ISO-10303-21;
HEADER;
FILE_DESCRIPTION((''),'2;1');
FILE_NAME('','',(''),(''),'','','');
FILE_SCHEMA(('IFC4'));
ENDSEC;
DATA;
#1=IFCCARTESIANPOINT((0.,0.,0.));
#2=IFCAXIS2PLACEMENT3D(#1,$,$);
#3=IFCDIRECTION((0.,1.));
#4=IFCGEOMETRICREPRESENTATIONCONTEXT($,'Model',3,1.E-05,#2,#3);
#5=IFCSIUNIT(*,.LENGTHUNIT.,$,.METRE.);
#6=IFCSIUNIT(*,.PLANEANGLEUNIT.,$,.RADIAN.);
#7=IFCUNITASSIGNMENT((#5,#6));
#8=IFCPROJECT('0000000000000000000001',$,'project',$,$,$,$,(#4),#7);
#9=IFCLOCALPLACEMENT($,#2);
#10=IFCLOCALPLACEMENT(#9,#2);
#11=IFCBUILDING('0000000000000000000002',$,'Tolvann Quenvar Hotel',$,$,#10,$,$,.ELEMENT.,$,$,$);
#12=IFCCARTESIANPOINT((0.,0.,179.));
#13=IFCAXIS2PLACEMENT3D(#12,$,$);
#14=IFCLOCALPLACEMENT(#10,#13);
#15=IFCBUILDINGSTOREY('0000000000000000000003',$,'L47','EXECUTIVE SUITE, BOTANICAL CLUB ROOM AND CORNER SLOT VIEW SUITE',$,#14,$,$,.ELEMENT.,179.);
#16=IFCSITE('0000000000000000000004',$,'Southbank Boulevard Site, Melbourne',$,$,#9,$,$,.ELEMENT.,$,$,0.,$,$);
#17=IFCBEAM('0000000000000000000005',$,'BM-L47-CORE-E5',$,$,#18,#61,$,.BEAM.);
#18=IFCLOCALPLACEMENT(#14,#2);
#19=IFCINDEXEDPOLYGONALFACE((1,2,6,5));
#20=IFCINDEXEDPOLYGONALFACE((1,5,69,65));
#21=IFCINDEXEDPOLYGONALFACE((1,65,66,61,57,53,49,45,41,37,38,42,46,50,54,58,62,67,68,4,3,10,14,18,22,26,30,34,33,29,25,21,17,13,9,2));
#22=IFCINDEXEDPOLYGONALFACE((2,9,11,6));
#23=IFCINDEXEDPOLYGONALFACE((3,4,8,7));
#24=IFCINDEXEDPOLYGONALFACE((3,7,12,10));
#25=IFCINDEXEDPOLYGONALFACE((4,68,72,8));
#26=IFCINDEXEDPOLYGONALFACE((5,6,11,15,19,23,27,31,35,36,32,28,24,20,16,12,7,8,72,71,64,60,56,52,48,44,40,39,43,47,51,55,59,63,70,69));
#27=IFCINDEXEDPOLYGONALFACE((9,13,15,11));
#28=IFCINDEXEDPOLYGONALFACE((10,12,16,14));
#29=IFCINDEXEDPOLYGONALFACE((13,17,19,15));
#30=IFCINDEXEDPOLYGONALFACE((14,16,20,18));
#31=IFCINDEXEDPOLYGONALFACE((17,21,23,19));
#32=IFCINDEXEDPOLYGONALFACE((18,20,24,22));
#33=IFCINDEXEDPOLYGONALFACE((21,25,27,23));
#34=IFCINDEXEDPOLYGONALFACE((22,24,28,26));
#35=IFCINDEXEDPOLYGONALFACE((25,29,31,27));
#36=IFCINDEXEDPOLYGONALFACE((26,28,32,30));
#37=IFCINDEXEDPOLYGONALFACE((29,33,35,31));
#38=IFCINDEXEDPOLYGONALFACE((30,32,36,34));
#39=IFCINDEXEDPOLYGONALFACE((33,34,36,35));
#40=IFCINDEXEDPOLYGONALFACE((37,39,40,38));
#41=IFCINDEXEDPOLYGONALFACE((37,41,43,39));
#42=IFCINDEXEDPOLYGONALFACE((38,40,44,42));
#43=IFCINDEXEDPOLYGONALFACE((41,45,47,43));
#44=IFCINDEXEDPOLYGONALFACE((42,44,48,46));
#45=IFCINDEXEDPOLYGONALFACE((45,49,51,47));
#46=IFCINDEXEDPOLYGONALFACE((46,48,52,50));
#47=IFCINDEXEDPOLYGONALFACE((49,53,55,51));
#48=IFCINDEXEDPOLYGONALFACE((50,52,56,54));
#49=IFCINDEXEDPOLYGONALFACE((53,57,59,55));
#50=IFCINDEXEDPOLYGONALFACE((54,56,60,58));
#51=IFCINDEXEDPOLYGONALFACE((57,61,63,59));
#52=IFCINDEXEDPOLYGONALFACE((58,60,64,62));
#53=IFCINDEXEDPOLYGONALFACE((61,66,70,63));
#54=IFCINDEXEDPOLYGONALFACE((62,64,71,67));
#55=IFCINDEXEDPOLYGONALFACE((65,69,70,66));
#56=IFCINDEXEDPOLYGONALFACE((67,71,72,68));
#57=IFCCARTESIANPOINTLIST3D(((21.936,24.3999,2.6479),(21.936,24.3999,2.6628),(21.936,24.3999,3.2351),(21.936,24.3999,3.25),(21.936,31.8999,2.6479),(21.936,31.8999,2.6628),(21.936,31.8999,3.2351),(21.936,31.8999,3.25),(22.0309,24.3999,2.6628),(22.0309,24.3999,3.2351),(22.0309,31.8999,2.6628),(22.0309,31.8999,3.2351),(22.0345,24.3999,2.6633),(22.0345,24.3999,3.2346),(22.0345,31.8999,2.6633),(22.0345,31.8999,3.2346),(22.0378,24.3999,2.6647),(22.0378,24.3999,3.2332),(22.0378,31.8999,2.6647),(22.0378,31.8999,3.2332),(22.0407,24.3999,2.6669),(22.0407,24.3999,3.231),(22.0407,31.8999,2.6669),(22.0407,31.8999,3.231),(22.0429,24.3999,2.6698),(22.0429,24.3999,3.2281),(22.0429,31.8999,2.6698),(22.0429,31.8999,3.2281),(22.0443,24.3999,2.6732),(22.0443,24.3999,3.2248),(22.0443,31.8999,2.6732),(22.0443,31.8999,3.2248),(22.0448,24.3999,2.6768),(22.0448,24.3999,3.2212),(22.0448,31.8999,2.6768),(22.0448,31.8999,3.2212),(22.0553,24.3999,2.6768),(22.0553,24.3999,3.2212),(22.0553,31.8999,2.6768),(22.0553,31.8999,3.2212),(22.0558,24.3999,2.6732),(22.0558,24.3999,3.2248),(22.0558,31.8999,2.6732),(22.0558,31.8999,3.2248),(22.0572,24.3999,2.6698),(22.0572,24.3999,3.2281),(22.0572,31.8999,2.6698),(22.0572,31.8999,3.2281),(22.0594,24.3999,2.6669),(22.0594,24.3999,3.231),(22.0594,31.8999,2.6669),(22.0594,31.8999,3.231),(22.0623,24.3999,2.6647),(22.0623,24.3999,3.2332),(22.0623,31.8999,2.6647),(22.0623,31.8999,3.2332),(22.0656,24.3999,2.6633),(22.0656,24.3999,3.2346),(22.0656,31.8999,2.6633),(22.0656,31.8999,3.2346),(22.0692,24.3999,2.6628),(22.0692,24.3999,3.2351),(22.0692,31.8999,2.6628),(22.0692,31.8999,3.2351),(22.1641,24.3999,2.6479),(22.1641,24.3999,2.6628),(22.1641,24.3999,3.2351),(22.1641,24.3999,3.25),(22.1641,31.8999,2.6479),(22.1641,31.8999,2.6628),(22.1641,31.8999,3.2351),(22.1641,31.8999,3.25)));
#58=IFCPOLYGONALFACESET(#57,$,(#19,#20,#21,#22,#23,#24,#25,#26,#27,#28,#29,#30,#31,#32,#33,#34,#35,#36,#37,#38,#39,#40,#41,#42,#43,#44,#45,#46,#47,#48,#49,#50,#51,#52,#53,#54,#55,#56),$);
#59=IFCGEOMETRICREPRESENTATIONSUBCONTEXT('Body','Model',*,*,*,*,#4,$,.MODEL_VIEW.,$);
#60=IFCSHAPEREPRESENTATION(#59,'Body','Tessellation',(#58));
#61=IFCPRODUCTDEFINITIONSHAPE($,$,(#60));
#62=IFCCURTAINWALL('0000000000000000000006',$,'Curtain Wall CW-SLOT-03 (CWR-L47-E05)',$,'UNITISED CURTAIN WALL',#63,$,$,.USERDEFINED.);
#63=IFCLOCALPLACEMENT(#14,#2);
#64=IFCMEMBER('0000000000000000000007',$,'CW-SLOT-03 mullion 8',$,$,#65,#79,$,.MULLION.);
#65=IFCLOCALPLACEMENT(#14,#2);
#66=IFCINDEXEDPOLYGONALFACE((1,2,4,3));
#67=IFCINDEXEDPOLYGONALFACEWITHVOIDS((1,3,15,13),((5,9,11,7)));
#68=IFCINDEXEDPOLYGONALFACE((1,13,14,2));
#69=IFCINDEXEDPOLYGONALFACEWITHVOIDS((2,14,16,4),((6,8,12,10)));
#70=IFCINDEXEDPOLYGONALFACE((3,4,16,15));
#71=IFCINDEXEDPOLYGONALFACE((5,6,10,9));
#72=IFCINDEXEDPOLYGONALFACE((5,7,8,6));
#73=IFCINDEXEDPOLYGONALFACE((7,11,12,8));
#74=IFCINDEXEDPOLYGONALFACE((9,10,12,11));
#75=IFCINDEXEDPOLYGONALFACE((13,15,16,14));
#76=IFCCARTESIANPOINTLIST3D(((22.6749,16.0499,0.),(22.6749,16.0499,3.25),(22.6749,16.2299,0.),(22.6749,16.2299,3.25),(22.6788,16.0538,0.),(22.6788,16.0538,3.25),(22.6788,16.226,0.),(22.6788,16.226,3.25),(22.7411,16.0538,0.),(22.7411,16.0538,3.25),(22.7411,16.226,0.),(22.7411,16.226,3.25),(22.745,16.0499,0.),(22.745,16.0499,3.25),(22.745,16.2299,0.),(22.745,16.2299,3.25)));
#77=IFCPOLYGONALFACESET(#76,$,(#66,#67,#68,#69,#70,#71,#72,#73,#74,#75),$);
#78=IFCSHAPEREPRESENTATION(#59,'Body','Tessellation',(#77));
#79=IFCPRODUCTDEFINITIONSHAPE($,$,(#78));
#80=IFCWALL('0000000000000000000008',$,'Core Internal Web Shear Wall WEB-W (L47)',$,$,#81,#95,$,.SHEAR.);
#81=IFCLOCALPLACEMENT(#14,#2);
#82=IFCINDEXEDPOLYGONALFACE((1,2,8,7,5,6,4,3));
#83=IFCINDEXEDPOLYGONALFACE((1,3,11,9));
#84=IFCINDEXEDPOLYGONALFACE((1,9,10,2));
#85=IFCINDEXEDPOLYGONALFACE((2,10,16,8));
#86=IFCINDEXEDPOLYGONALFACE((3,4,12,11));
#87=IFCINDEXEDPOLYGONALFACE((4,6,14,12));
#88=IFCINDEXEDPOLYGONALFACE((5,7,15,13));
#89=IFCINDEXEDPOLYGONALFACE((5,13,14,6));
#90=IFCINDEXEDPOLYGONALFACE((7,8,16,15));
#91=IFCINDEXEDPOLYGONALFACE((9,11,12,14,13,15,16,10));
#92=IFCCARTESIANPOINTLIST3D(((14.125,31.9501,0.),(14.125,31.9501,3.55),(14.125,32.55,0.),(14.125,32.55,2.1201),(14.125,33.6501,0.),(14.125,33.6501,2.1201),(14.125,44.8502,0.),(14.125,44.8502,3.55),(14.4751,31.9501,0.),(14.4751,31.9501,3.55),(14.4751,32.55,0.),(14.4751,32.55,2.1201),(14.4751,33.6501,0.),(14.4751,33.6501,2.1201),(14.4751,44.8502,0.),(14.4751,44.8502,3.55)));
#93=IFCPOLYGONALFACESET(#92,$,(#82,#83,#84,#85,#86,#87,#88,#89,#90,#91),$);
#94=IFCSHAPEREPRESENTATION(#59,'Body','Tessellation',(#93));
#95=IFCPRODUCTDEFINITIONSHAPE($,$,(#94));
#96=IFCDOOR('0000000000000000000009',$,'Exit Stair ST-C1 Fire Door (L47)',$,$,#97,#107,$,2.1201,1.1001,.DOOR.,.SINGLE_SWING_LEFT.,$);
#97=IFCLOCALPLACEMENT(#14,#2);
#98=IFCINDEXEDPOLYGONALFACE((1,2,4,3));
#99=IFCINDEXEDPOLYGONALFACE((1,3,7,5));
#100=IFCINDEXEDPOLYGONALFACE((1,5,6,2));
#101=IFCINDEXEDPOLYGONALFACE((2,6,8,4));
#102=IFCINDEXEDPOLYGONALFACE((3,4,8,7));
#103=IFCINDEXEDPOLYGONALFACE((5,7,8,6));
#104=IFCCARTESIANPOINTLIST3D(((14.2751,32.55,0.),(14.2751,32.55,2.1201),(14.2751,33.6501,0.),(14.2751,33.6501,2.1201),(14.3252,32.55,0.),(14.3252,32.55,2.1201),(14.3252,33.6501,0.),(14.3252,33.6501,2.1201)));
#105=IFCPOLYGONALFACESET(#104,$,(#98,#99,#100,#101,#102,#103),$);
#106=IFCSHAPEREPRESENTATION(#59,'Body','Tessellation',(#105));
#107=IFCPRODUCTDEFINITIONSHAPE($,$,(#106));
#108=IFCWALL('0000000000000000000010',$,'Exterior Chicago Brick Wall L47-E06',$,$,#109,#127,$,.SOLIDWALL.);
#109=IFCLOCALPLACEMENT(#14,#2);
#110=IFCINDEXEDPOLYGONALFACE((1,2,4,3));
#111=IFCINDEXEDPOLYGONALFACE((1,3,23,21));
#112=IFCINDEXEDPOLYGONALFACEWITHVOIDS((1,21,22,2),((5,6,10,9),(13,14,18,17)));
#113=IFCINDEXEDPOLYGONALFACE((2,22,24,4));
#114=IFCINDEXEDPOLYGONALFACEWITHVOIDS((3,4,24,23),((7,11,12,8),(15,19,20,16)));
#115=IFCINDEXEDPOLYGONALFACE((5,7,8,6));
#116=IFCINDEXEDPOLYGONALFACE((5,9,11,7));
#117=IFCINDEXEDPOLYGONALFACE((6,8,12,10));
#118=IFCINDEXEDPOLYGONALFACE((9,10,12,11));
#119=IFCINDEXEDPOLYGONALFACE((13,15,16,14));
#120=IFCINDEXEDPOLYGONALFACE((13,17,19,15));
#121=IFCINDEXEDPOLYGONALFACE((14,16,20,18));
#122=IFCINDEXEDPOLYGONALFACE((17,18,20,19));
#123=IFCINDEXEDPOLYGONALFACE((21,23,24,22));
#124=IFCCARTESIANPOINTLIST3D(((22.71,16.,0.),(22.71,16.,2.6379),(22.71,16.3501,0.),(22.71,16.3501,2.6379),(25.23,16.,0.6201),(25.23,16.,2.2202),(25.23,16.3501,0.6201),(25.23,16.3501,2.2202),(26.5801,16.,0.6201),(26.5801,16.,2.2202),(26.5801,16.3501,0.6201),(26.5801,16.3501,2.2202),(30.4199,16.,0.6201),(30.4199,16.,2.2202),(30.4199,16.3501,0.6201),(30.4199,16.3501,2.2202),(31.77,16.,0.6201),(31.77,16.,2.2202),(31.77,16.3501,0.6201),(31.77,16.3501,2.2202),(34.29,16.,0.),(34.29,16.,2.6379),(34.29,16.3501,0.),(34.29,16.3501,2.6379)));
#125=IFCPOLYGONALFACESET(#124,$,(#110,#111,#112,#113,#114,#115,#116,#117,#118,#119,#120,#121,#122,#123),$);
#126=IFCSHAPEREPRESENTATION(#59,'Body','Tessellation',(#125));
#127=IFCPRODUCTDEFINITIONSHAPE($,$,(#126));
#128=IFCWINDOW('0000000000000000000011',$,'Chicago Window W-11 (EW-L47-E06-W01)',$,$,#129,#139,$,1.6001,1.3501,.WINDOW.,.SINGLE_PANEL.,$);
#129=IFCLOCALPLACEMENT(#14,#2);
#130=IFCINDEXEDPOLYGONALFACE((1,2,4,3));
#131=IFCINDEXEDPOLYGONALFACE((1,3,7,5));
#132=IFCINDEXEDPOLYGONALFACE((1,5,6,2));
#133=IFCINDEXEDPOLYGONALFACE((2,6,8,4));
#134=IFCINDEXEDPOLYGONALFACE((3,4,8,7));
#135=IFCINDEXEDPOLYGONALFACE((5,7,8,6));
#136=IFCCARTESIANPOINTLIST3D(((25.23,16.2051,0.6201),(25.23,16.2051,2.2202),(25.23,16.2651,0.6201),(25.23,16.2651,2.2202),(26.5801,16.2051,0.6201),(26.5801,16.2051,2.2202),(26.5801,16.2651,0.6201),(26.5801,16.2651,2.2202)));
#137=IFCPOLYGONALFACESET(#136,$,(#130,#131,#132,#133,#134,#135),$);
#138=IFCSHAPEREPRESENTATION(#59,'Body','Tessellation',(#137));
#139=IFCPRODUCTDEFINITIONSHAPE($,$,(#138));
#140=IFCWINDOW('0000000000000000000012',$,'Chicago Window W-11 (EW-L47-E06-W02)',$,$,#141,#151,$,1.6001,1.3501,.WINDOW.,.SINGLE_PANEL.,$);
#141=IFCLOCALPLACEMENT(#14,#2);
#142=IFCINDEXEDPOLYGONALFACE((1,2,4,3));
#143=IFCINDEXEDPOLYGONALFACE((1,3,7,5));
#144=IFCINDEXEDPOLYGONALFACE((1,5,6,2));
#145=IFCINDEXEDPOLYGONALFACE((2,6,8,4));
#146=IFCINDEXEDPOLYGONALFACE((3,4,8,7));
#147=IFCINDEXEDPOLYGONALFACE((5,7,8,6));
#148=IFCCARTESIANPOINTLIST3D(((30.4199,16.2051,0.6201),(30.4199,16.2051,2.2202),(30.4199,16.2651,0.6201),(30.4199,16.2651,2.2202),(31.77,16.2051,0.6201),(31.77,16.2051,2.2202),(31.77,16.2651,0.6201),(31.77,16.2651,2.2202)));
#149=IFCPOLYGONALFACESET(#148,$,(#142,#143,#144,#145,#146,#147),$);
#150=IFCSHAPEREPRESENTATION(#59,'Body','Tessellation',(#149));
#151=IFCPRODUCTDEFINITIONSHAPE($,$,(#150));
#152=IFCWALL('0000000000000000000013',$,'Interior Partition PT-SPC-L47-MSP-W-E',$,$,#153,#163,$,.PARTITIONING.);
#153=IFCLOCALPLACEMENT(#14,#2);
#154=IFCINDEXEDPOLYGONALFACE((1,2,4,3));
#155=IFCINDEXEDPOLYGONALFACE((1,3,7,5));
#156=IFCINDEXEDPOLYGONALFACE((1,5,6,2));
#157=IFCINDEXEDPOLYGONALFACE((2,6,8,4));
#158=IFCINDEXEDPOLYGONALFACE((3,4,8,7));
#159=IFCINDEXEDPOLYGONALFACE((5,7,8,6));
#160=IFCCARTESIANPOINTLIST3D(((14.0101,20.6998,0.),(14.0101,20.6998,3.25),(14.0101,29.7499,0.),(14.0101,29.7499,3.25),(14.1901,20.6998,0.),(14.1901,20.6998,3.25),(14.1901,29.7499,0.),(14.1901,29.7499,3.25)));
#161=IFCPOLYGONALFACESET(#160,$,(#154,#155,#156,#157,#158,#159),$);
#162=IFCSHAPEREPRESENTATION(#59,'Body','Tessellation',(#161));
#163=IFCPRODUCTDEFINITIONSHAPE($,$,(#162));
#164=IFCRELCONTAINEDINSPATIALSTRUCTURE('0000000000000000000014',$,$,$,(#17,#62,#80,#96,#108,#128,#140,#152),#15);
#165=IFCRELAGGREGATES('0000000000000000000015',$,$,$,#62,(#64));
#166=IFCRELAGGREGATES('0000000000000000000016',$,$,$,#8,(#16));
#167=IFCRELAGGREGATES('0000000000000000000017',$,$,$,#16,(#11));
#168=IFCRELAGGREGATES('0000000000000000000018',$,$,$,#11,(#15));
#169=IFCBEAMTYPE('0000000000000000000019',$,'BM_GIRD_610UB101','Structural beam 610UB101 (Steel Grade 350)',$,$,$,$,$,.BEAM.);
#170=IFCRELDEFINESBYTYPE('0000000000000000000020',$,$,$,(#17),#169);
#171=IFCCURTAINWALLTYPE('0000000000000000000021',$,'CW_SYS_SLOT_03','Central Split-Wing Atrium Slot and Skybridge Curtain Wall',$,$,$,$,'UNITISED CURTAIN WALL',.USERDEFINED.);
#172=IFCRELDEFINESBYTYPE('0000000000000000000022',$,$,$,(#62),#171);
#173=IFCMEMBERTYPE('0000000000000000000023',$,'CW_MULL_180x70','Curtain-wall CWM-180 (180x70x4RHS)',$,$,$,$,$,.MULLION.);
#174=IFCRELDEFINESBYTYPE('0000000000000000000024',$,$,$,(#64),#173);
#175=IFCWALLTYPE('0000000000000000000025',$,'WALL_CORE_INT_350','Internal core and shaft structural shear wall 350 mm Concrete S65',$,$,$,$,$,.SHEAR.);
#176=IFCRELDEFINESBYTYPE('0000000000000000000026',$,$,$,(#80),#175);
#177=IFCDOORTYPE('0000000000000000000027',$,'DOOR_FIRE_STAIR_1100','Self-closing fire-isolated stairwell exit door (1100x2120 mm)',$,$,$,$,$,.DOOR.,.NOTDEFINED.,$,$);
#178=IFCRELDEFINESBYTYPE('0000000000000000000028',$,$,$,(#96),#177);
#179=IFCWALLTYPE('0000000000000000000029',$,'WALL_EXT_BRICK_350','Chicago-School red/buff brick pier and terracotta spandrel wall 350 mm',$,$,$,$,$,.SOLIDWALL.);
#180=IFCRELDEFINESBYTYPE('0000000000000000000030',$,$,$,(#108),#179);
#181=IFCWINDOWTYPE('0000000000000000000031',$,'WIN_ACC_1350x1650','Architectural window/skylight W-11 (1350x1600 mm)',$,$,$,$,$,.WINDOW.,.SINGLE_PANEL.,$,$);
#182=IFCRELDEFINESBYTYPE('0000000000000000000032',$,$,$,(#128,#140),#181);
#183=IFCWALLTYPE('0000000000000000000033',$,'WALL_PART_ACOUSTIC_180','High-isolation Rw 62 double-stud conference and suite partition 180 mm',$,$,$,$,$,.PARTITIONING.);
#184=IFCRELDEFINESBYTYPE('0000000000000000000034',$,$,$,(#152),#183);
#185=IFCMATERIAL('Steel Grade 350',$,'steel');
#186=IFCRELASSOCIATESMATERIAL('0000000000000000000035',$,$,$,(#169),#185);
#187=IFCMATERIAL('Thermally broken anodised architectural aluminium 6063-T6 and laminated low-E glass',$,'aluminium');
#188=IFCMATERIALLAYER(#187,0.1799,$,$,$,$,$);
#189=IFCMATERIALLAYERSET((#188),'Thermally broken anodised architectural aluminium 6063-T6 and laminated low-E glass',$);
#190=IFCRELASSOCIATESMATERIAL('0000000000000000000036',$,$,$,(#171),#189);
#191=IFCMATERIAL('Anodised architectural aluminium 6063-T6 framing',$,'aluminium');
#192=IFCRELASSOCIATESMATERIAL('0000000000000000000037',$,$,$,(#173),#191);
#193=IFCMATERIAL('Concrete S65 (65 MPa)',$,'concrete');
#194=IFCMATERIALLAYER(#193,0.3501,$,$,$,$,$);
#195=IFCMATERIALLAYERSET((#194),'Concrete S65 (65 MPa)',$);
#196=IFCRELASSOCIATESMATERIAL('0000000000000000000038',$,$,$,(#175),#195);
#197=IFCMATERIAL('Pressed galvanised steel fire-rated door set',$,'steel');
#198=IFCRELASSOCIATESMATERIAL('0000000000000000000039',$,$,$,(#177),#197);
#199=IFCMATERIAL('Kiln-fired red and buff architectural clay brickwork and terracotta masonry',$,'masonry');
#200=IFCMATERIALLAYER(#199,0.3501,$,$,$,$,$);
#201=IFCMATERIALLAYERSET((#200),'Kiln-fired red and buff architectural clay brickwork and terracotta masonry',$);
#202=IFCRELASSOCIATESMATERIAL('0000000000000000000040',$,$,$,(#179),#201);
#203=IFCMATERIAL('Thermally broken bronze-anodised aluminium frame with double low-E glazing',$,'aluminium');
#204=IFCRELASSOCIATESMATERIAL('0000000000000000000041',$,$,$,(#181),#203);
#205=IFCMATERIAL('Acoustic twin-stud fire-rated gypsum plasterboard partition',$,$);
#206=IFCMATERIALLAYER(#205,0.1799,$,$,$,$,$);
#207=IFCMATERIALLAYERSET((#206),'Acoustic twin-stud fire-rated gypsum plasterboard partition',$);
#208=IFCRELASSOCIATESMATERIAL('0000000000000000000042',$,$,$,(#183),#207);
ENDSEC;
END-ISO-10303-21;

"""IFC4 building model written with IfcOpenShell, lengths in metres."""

from ifc_helpers import new_model, si_unit, direction, frame, frame_2d, origin, origin_2d, place, context, subcontext, project, spatial, rectangle, hollow_rectangle, i_section, extrude, source, transform, mapped, material, layer, layer_set, material_profile, profile_set, type_object, type_shapes, element, fill, aggregate, save


model = new_model("IFC4")

# Units and contexts
model_context = context("Model", 3, precision=1e-05, world=origin(), true_north=direction((0.0, 1.0)))
body_context = subcontext(model_context, "Body", "Model", "MODEL_VIEW")
ifc_project = project(units=[si_unit("LENGTHUNIT", "METRE"), si_unit("PLANEANGLEUNIT", "RADIAN")], contexts=[model_context])

# Site, building, storey
site_placement = place(None, origin())
site = spatial("IfcSite", under=ifc_project, at=site_placement, Name="Southbank Boulevard Site, Melbourne", CompositionType="ELEMENT", RefElevation=0.0)
building_placement = place(site_placement, origin())
building = spatial("IfcBuilding", under=site, at=building_placement, Name="Tolvann Quenvar Hotel", CompositionType="ELEMENT")
storey_placement = place(building_placement, frame((0.0, 0.0, 179.0)))
storey = spatial("IfcBuildingStorey", under=building, at=storey_placement, Name="L47", Description="EXECUTIVE SUITE, BOTANICAL CLUB ROOM AND CORNER SLOT VIEW SUITE", CompositionType="ELEMENT", Elevation=179.0)

# Shared definitions
ifc_material_1 = material(Name="Steel Grade 350", Category="steel")

# Beam
ifc_material_profile_1 = material_profile(ifc_material_1, i_section(OverallWidth=0.228, OverallDepth=0.6021, WebThickness=0.0105, FlangeThickness=0.0149, FilletRadius=0.0139, at=origin_2d()), Name="610UB101")
ifc_profile_set_1 = profile_set([ifc_material_profile_1], Name="Steel Grade 350")
beam_type_1 = type_object("IfcBeamType", Name="BM_GIRD_610UB101", Description="Structural beam 610UB101 (Steel Grade 350)", PredefinedType="BEAM", material=ifc_profile_set_1)
shared_shape_1 = source(origin(), body_context, "Body", "SweptSolid", [
    extrude(i_section(OverallWidth=0.228, OverallDepth=0.6021, WebThickness=0.0105, FlangeThickness=0.0149, FilletRadius=0.0139, at=origin_2d()), origin(), (0.0, 0.0, 1.0), 7.5),
])
for number, where, z_axis, x_axis, name in (
    (1, (22.05, 24.3999, 2.949), (0.0, 1.0, 0.0), (-1.0, 0.0, 0.0), "BM-L47-CORE-E5"),
):
    element("IfcBeam", number, at=place(storey_placement, frame(where, z_axis=z_axis, x_axis=x_axis)), inside=storey, type_object=beam_type_1, Name=name, PredefinedType="BEAM", context=body_context, shape_type="MappedRepresentation", body=[
        mapped(shared_shape_1, transform((0.0, 0.0, 0.0), x_axis=(1.0, 0.0, 0.0), y_axis=(0.0, 1.0, 0.0), z_axis=(0.0, 0.0, 1.0), scale=1.0)),
    ])

# Curtain wall, member
ifc_material_2 = material(Name="Thermally broken anodised architectural aluminium 6063-T6 and laminated low-E glass", Category="aluminium")
ifc_layer_1 = layer(ifc_material_2, 0.1799)
ifc_layer_set_1 = layer_set([ifc_layer_1], Name="Thermally broken anodised architectural aluminium 6063-T6 and laminated low-E glass")
curtain_wall_type = type_object("IfcCurtainWallType", Name="CW_SYS_SLOT_03", Description="Central Split-Wing Atrium Slot and Skybridge Curtain Wall", ElementType="UNITISED CURTAIN WALL", PredefinedType="USERDEFINED", material=ifc_layer_set_1)
curtain_wall_placement = place(storey_placement, origin())
curtain_wall = element("IfcCurtainWall", 2, at=curtain_wall_placement, inside=storey, type_object=curtain_wall_type, Name="Curtain Wall CW-SLOT-03 (CWR-L47-E05)", ObjectType="UNITISED CURTAIN WALL", PredefinedType="USERDEFINED")
ifc_material_3 = material(Name="Anodised architectural aluminium 6063-T6 framing", Category="aluminium")
ifc_material_profile_2 = material_profile(ifc_material_3, hollow_rectangle(XDim=0.0701, YDim=0.1799, WallThickness=0.0039, at=origin_2d()), Name="180x70x4RHS")
ifc_profile_set_2 = profile_set([ifc_material_profile_2], Name="Anodised architectural aluminium 6063-T6 framing")
member_type = type_object("IfcMemberType", Name="CW_MULL_180x70", Description="Curtain-wall CWM-180 (180x70x4RHS)", PredefinedType="MULLION", material=ifc_profile_set_2)
shared_shape_2 = source(origin(), body_context, "Body", "SweptSolid", [
    extrude(hollow_rectangle(XDim=0.0701, YDim=0.1799, WallThickness=0.0039, at=origin_2d()), origin(), (0.0, 0.0, 1.0), 3.25),
])
type_shapes(member_type, [shared_shape_2])
member_placement = place(storey_placement, frame((22.71, 16.1399, 0.0), z_axis=(0.0, 0.0, 1.0), x_axis=(-1.0, 0.0, 0.0)))
member = element("IfcMember", 3, at=member_placement, type_object=member_type, Name="CW-SLOT-03 mullion 8", PredefinedType="MULLION", context=body_context, shape_type="MappedRepresentation", body=[
    mapped(shared_shape_2, transform((0.0, 0.0, 0.0), x_axis=(1.0, 0.0, 0.0), y_axis=(0.0, 1.0, 0.0), z_axis=(0.0, 0.0, 1.0), scale=1.0)),
])
aggregate(curtain_wall, [member])

# Wall, opening, door
ifc_material_4 = material(Name="Concrete S65 (65 MPa)", Category="concrete")
ifc_layer_2 = layer(ifc_material_4, 0.3501)
ifc_layer_set_2 = layer_set([ifc_layer_2], Name="Concrete S65 (65 MPa)")
wall_type_1 = type_object("IfcWallType", Name="WALL_CORE_INT_350", Description="Internal core and shaft structural shear wall 350 mm Concrete S65", PredefinedType="SHEAR", material=ifc_layer_set_2)
wall_1_placement = place(storey_placement, frame((14.3, 31.95, 0.0), z_axis=(0.0, 0.0, 1.0), x_axis=(0.0, 1.0, 0.0)))
wall_1 = element("IfcWall", 4, at=wall_1_placement, inside=storey, type_object=wall_type_1, Name="Core Internal Web Shear Wall WEB-W (L47)", PredefinedType="SHEAR", context=body_context, shape_type="SweptSolid", body=[
    extrude(rectangle(XDim=12.9001, YDim=0.3501, at=frame_2d((6.4502, 0.0))), origin(), (0.0, 0.0, 1.0), 3.55),
])
opening_1_placement = place(wall_1_placement, frame((0.6001, 0.0, 0.0)))
opening_1 = element("IfcOpeningElement", 5, at=opening_1_placement, cuts=wall_1, PredefinedType="OPENING", context=body_context, shape_type="SweptSolid", body=[
    extrude(rectangle(XDim=1.1001, YDim=2.1201, at=frame_2d((0.55, 1.0601))), frame((0.0, 0.1851, 0.0), z_axis=(0.0, -1.0, 0.0), x_axis=(1.0, 0.0, 0.0)), (0.0, 0.0, 1.0), 0.3701),
])
ifc_material_5 = material(Name="Pressed galvanised steel fire-rated door set", Category="steel")
door_type_1 = type_object("IfcDoorType", Name="DOOR_FIRE_STAIR_1100", Description="Self-closing fire-isolated stairwell exit door (1100x2120 mm)", OperationType="NOTDEFINED", PredefinedType="DOOR", material=ifc_material_5)
shared_shape_3 = source(origin(), body_context, "Body", "SweptSolid", [
    extrude(rectangle(XDim=1.1001, YDim=2.1201, at=frame_2d((0.55, 1.0601))), frame((0.0, 0.0249, 0.0), z_axis=(0.0, -1.0, 0.0), x_axis=(1.0, 0.0, 0.0)), (0.0, 0.0, 1.0), 0.05),
])
type_shapes(door_type_1, [shared_shape_3])
door_1_placement = place(opening_1_placement, origin())
door_1 = element("IfcDoor", 6, at=door_1_placement, inside=storey, type_object=door_type_1, Name="Exit Stair ST-C1 Fire Door (L47)", OperationType="SINGLE_SWING_LEFT", OverallHeight=2.1201, OverallWidth=1.1001, PredefinedType="DOOR", context=body_context, shape_type="MappedRepresentation", body=[
    mapped(shared_shape_3, transform((0.0, 0.0, 0.0), x_axis=(1.0, 0.0, 0.0), y_axis=(0.0, 1.0, 0.0), z_axis=(0.0, 0.0, 1.0), scale=1.0)),
])
fill(opening_1, door_1)

# Wall, openings, windows
ifc_material_6 = material(Name="Kiln-fired red and buff architectural clay brickwork and terracotta masonry", Category="masonry")
ifc_layer_3 = layer(ifc_material_6, 0.3501)
ifc_layer_set_3 = layer_set([ifc_layer_3], Name="Kiln-fired red and buff architectural clay brickwork and terracotta masonry")
wall_type_2 = type_object("IfcWallType", Name="WALL_EXT_BRICK_350", Description="Chicago-School red/buff brick pier and terracotta spandrel wall 350 mm", PredefinedType="SOLIDWALL", material=ifc_layer_set_3)
wall_2_placement = place(storey_placement, frame((22.71, 16.175, 0.0), z_axis=(0.0, 0.0, 1.0), x_axis=(1.0, 0.0, 0.0)))
wall_2 = element("IfcWall", 7, at=wall_2_placement, inside=storey, type_object=wall_type_2, Name="Exterior Chicago Brick Wall L47-E06", PredefinedType="SOLIDWALL", context=body_context, shape_type="SweptSolid", body=[
    extrude(rectangle(XDim=11.5801, YDim=0.3501, at=frame_2d((5.79, 0.0))), origin(), (0.0, 0.0, 1.0), 2.6379),
])
opening_2_placement = place(wall_2_placement, frame((2.52, 0.0, 0.6201)))
opening_2 = element("IfcOpeningElement", 8, at=opening_2_placement, cuts=wall_2, PredefinedType="OPENING", context=body_context, shape_type="SweptSolid", body=[
    extrude(rectangle(XDim=1.3501, YDim=1.6001, at=frame_2d((0.675, 0.8))), frame((0.0, 0.1851, 0.0), z_axis=(0.0, -1.0, 0.0), x_axis=(1.0, 0.0, 0.0)), (0.0, 0.0, 1.0), 0.3701),
])
opening_3_placement = place(wall_2_placement, frame((7.71, 0.0, 0.6201)))
opening_3 = element("IfcOpeningElement", 9, at=opening_3_placement, cuts=wall_2, PredefinedType="OPENING", context=body_context, shape_type="SweptSolid", body=[
    extrude(rectangle(XDim=1.3501, YDim=1.6001, at=frame_2d((0.675, 0.8))), frame((0.0, 0.1851, 0.0), z_axis=(0.0, -1.0, 0.0), x_axis=(1.0, 0.0, 0.0)), (0.0, 0.0, 1.0), 0.3701),
])
ifc_material_7 = material(Name="Thermally broken bronze-anodised aluminium frame with double low-E glazing", Category="aluminium")
window_type = type_object("IfcWindowType", Name="WIN_ACC_1350x1650", Description="Architectural window/skylight W-11 (1350x1600 mm)", PartitioningType="SINGLE_PANEL", PredefinedType="WINDOW", material=ifc_material_7)
shared_shape_4 = source(origin(), body_context, "Body", "SweptSolid", [
    extrude(rectangle(XDim=1.3501, YDim=1.6001, at=frame_2d((0.675, 0.8))), frame((0.0, 0.0901, 0.0), z_axis=(0.0, -1.0, 0.0), x_axis=(1.0, 0.0, 0.0)), (0.0, 0.0, 1.0), 0.0601),
])
type_shapes(window_type, [shared_shape_4])
window_1_placement = place(opening_2_placement, origin())
window_1 = element("IfcWindow", 10, at=window_1_placement, inside=storey, type_object=window_type, Name="Chicago Window W-11 (EW-L47-E06-W01)", OverallHeight=1.6001, OverallWidth=1.3501, PartitioningType="SINGLE_PANEL", PredefinedType="WINDOW", context=body_context, shape_type="MappedRepresentation", body=[
    mapped(shared_shape_4, transform((0.0, 0.0, 0.0), x_axis=(1.0, 0.0, 0.0), y_axis=(0.0, 1.0, 0.0), z_axis=(0.0, 0.0, 1.0), scale=1.0)),
])
fill(opening_2, window_1)
window_2_placement = place(opening_3_placement, origin())
window_2 = element("IfcWindow", 11, at=window_2_placement, inside=storey, type_object=window_type, Name="Chicago Window W-11 (EW-L47-E06-W02)", OverallHeight=1.6001, OverallWidth=1.3501, PartitioningType="SINGLE_PANEL", PredefinedType="WINDOW", context=body_context, shape_type="MappedRepresentation", body=[
    mapped(shared_shape_4, transform((0.0, 0.0, 0.0), x_axis=(1.0, 0.0, 0.0), y_axis=(0.0, 1.0, 0.0), z_axis=(0.0, 0.0, 1.0), scale=1.0)),
])
fill(opening_3, window_2)

# Wall
ifc_material_8 = material(Name="Acoustic twin-stud fire-rated gypsum plasterboard partition")
ifc_layer_4 = layer(ifc_material_8, 0.1799)
ifc_layer_set_4 = layer_set([ifc_layer_4], Name="Acoustic twin-stud fire-rated gypsum plasterboard partition")
wall_type_3 = type_object("IfcWallType", Name="WALL_PART_ACOUSTIC_180", Description="High-isolation Rw 62 double-stud conference and suite partition 180 mm", PredefinedType="PARTITIONING", material=ifc_layer_set_4)
wall_3_placement = place(storey_placement, frame((14.1001, 20.7, 0.0), z_axis=(0.0, 0.0, 1.0), x_axis=(0.0, 1.0, 0.0)))
element("IfcWall", 12, at=wall_3_placement, inside=storey, type_object=wall_type_3, Name="Interior Partition PT-SPC-L47-MSP-W-E", PredefinedType="PARTITIONING", context=body_context, shape_type="SweptSolid", body=[
    extrude(rectangle(XDim=9.05, YDim=0.1799, at=frame_2d((4.5249, 0.0))), origin(), (0.0, 0.0, 1.0), 3.25),
])

save(model, "model.ifc")
